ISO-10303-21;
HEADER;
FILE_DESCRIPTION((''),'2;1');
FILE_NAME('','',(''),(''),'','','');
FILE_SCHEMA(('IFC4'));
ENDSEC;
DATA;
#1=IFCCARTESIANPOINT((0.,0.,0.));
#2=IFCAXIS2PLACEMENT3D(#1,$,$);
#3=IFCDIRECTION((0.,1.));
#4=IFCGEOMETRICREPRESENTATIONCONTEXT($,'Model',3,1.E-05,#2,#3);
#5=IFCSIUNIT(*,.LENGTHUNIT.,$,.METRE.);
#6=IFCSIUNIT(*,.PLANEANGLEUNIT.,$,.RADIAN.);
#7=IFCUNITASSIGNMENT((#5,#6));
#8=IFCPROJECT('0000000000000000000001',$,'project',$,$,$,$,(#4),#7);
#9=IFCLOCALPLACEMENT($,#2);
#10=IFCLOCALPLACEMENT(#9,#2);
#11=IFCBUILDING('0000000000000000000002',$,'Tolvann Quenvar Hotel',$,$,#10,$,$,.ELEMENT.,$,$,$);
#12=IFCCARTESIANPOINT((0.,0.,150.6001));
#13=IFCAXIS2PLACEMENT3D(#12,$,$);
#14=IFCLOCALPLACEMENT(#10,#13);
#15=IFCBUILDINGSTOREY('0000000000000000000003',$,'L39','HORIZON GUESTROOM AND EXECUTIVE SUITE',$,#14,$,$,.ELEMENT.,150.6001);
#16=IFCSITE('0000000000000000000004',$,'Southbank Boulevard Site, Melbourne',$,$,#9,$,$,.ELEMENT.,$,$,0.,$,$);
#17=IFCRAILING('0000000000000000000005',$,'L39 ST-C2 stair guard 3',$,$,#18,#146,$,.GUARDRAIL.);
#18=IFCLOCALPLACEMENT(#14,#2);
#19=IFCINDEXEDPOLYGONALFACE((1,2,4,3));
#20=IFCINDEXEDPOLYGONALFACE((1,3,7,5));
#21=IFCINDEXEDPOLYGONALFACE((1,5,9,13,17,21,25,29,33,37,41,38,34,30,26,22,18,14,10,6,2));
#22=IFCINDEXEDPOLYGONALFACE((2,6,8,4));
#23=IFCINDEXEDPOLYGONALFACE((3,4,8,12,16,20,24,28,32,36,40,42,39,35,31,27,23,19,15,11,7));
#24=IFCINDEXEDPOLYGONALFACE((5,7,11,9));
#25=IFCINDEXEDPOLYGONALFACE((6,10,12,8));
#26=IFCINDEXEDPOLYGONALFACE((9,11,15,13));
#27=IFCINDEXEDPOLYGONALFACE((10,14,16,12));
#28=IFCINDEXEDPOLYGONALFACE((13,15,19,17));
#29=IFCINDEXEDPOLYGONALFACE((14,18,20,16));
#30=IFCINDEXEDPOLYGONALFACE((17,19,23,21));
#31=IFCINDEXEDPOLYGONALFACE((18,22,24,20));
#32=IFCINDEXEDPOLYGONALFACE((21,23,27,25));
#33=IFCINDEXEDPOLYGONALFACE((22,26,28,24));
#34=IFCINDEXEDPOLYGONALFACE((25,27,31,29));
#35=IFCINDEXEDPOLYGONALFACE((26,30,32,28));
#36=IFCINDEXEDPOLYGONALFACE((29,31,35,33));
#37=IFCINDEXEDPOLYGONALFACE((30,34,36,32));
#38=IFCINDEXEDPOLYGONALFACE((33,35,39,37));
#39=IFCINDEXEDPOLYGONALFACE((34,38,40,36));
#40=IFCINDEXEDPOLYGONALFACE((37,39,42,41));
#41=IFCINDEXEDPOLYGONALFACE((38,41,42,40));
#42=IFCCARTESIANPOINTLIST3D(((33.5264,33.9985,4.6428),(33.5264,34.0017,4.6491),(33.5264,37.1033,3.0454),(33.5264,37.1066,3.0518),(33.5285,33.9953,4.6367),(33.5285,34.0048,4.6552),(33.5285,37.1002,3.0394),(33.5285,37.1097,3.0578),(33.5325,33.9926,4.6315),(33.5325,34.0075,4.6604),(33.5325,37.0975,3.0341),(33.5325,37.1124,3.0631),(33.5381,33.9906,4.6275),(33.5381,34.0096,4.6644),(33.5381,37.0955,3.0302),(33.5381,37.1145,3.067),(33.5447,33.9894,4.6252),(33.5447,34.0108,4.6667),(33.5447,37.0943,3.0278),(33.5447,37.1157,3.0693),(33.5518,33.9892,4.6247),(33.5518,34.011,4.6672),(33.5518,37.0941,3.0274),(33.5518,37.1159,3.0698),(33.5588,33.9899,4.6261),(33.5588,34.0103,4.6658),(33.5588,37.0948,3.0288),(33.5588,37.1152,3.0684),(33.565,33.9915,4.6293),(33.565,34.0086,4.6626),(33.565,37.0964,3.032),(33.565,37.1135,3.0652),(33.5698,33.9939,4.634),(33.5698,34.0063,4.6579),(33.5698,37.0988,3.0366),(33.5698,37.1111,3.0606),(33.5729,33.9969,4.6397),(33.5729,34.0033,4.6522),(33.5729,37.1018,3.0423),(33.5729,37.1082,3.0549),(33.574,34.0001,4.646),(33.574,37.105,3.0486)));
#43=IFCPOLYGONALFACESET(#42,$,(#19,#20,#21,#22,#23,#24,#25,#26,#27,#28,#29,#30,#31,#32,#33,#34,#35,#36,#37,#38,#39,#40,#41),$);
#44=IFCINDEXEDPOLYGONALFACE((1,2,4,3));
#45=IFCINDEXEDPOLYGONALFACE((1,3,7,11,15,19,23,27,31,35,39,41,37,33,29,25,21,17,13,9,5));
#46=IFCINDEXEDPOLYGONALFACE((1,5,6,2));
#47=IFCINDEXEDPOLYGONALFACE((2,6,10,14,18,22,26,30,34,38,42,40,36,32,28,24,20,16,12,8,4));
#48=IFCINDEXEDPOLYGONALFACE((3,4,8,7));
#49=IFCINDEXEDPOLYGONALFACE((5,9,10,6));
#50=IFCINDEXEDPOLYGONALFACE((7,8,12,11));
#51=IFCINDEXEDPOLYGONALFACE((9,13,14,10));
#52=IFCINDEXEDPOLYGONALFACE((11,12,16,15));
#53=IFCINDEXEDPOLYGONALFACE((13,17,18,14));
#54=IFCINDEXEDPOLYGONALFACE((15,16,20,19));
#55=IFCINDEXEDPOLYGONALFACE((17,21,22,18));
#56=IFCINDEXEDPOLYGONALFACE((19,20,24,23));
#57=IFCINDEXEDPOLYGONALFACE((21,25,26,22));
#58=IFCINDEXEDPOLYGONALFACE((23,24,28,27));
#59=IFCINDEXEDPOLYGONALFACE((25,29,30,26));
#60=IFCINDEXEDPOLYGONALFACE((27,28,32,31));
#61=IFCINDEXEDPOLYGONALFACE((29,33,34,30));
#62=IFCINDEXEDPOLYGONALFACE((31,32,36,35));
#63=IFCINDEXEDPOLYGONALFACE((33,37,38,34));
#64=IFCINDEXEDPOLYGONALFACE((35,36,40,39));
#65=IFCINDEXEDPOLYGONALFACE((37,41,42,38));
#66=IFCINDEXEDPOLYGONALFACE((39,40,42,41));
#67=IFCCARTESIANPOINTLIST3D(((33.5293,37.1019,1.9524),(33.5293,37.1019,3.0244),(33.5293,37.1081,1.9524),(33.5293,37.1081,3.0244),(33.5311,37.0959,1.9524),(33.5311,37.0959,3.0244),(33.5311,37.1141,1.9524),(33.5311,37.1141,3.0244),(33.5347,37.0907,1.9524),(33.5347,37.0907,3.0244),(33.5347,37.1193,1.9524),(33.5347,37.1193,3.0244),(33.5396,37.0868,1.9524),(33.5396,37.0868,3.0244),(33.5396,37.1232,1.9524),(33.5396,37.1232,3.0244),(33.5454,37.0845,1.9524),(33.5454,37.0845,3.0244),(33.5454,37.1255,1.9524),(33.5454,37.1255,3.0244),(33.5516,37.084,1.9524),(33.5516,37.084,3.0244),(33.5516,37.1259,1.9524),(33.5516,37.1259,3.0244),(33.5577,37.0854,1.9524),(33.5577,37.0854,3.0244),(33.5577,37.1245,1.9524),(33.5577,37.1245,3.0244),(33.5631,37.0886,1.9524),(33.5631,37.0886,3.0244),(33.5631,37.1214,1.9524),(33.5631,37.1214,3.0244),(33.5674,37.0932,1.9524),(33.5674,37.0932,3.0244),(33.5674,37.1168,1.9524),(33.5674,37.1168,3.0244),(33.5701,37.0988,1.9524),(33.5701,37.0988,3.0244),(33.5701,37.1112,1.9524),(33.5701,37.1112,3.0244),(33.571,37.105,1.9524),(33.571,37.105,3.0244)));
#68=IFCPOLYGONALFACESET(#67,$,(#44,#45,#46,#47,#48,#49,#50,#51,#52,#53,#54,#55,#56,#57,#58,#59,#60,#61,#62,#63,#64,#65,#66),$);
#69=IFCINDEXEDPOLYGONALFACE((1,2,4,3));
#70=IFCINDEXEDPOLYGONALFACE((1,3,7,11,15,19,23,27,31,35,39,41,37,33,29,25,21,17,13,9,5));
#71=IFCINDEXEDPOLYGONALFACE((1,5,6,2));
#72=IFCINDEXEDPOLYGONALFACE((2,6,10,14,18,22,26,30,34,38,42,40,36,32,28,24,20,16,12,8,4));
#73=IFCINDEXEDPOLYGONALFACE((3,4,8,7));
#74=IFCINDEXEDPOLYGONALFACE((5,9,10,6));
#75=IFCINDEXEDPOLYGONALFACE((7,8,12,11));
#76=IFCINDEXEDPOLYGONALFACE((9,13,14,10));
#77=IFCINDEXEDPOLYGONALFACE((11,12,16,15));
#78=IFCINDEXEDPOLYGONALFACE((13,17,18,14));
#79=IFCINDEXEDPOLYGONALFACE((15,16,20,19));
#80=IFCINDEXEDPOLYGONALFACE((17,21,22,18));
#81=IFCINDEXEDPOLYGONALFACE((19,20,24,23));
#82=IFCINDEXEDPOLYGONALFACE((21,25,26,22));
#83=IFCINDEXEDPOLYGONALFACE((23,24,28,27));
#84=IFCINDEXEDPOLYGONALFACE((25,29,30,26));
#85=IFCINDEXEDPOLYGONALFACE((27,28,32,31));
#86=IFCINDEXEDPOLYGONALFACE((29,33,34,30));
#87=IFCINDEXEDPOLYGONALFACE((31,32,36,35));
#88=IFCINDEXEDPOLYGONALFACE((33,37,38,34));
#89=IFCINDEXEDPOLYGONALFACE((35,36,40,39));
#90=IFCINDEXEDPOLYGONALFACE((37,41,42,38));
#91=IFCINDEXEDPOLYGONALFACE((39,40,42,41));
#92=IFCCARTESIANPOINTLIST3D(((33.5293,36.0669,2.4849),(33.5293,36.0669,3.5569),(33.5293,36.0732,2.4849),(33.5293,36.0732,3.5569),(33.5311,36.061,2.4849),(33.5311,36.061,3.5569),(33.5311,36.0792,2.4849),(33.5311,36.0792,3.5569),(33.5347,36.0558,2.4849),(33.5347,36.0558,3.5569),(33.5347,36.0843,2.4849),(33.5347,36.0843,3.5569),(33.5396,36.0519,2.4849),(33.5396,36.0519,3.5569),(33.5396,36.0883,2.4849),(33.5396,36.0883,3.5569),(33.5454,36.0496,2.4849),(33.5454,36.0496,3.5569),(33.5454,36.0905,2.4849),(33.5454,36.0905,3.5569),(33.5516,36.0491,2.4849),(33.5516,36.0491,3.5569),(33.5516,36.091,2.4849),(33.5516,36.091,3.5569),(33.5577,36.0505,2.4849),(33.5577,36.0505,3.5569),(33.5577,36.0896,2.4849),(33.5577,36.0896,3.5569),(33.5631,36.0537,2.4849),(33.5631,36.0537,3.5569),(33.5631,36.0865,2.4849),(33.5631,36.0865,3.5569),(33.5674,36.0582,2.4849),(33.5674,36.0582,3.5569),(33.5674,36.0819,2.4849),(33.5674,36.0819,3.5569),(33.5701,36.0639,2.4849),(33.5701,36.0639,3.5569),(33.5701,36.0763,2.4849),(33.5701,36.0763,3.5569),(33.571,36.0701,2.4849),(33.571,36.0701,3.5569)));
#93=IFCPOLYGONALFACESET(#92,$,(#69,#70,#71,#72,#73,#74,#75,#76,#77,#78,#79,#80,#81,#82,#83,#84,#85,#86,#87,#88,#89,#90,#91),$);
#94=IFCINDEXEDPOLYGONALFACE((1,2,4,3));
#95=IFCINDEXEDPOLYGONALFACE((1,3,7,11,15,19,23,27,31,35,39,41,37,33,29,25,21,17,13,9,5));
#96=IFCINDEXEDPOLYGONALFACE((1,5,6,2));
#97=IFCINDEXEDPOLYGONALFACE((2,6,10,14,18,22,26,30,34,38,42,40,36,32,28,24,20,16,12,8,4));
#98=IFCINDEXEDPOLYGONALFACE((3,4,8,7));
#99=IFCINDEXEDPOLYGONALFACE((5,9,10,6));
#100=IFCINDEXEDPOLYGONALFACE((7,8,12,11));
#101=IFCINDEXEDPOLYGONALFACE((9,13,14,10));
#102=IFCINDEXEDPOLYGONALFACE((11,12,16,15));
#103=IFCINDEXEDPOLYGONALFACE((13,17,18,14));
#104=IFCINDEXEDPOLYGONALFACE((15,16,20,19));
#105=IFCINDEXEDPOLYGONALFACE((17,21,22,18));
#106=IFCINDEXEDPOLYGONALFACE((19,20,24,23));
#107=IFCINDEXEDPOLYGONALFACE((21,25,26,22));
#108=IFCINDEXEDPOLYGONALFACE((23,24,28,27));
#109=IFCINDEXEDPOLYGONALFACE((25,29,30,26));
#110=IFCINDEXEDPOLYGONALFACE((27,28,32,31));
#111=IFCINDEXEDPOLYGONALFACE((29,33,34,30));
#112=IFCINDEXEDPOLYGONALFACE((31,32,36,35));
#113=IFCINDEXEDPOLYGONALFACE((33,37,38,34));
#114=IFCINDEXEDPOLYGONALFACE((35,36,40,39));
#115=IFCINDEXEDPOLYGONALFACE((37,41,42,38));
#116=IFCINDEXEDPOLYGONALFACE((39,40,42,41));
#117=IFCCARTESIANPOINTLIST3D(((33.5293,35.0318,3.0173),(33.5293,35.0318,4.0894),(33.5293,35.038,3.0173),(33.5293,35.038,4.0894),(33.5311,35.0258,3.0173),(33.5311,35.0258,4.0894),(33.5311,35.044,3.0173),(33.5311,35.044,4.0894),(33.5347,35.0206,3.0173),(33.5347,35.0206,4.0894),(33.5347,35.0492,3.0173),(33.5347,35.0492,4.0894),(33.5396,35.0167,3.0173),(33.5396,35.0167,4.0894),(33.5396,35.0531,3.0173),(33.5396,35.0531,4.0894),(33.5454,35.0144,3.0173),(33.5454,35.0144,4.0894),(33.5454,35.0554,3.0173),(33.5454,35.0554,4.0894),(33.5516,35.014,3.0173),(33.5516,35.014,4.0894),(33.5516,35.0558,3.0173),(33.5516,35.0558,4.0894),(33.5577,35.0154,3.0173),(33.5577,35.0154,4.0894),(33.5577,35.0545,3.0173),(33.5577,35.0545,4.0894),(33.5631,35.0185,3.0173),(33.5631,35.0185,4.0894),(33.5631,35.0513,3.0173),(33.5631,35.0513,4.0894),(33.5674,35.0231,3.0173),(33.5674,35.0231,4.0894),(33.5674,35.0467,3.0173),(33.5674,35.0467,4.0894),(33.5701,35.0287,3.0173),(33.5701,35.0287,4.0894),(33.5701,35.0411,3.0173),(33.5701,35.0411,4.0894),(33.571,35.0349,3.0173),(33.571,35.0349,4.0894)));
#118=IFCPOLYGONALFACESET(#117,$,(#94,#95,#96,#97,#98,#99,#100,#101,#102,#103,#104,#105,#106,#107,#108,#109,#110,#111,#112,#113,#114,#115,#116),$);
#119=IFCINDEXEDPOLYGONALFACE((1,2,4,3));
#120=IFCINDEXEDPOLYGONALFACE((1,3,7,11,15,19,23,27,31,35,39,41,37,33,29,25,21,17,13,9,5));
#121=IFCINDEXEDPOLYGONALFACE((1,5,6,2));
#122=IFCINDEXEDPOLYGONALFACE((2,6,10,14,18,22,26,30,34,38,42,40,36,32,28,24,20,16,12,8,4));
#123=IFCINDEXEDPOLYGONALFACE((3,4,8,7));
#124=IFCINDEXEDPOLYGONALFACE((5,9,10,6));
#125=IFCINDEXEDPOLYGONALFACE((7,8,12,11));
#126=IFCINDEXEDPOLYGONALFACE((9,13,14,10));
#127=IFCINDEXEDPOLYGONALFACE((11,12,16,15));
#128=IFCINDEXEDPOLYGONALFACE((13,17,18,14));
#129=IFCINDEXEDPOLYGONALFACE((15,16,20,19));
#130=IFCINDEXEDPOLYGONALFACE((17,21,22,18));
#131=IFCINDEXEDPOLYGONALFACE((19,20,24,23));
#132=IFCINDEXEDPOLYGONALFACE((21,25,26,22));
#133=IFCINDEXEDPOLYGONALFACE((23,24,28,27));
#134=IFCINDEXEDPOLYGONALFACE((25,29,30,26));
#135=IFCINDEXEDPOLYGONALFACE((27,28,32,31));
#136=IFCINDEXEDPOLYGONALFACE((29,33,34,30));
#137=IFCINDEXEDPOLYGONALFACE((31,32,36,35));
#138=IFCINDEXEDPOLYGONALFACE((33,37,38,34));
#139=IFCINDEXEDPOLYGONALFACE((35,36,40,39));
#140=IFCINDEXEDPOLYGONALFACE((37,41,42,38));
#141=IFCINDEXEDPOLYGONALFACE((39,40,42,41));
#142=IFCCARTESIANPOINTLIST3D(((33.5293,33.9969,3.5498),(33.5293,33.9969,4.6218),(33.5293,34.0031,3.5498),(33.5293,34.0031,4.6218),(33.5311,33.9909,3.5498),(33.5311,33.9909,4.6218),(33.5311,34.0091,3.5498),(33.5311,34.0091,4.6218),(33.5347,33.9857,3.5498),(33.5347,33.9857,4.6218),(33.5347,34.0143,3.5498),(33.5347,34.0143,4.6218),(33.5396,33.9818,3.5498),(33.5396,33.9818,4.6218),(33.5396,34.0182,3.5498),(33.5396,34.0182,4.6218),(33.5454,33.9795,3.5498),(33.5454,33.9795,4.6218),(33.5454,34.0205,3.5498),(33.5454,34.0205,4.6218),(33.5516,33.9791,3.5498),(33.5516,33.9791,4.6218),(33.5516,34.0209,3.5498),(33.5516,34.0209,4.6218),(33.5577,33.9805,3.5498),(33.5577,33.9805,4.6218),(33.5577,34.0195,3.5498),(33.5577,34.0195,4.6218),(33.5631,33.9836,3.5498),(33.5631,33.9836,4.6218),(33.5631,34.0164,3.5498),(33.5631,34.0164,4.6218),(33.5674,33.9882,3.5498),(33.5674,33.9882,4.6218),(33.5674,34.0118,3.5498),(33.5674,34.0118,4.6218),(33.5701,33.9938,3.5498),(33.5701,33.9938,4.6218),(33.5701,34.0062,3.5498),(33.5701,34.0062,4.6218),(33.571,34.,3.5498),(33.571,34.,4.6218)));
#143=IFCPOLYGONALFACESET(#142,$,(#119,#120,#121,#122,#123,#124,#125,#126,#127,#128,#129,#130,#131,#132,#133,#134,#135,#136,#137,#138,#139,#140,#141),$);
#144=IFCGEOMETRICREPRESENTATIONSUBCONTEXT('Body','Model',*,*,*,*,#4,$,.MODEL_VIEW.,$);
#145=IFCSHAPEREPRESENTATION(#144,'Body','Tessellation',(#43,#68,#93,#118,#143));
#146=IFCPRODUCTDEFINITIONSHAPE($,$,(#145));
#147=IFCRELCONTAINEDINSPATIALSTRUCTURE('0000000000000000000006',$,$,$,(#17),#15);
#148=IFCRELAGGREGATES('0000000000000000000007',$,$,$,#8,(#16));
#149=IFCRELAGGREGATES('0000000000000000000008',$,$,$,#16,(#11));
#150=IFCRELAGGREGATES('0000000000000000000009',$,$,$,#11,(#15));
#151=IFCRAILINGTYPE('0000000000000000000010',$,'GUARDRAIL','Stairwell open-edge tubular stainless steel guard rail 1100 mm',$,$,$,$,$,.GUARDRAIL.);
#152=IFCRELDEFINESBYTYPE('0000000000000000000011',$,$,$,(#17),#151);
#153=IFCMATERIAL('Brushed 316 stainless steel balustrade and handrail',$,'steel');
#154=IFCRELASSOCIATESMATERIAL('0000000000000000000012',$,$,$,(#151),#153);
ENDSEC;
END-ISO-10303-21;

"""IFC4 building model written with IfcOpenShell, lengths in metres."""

from ifc_helpers import new_model, si_unit, direction, frame, origin, origin_2d, place, context, subcontext, project, spatial, circle, extrude, material, type_object, element, save


model = new_model("IFC4")

# Units and contexts
model_context = context("Model", 3, precision=1e-05, world=origin(), true_north=direction((0.0, 1.0)))
body_context = subcontext(model_context, "Body", "Model", "MODEL_VIEW")
ifc_project = project(units=[si_unit("LENGTHUNIT", "METRE"), si_unit("PLANEANGLEUNIT", "RADIAN")], contexts=[model_context])

# Site, building, storey
site_placement = place(None, origin())
site = spatial("IfcSite", under=ifc_project, at=site_placement, Name="Southbank Boulevard Site, Melbourne", CompositionType="ELEMENT", RefElevation=0.0)
building_placement = place(site_placement, origin())
building = spatial("IfcBuilding", under=site, at=building_placement, Name="Tolvann Quenvar Hotel", CompositionType="ELEMENT")
storey_placement = place(building_placement, frame((0.0, 0.0, 150.6001)))
storey = spatial("IfcBuildingStorey", under=building, at=storey_placement, Name="L39", Description="HORIZON GUESTROOM AND EXECUTIVE SUITE", CompositionType="ELEMENT", Elevation=150.6001)

# Railing
ifc_material_1 = material(Name="Brushed 316 stainless steel balustrade and handrail", Category="steel")
railing_type_1 = type_object("IfcRailingType", Name="GUARDRAIL", Description="Stairwell open-edge tubular stainless steel guard rail 1100 mm", PredefinedType="GUARDRAIL", material=ifc_material_1)
railing_1_placement = place(storey_placement, frame((33.55, 37.105, 1.9524)))
element("IfcRailing", 1, at=railing_1_placement, inside=storey, type_object=railing_type_1, Name="L39 ST-C2 stair guard 3", PredefinedType="GUARDRAIL", context=body_context, shape_type="SweptSolid", body=[
    extrude(circle(Radius=0.0239, at=origin_2d()), frame((0.0, 0.0, 1.0962), z_axis=(0.0, -0.889222, 0.457476), x_axis=(1.0, 0.0, 0.0)), (0.0, 0.0, 1.0), 3.4917),
    extrude(circle(Radius=0.021, at=origin_2d()), origin(), (0.0, 0.0, 1.0), 1.072),
    extrude(circle(Radius=0.021, at=origin_2d()), frame((0.0, -1.0349, 0.5325)), (0.0, 0.0, 1.0), 1.072),
    extrude(circle(Radius=0.021, at=origin_2d()), frame((0.0, -2.0701, 1.0649)), (0.0, 0.0, 1.0), 1.072),
    extrude(circle(Radius=0.021, at=origin_2d()), frame((0.0, -3.105, 1.5974)), (0.0, 0.0, 1.0), 1.072),
])

save(model, "model.ifc")
